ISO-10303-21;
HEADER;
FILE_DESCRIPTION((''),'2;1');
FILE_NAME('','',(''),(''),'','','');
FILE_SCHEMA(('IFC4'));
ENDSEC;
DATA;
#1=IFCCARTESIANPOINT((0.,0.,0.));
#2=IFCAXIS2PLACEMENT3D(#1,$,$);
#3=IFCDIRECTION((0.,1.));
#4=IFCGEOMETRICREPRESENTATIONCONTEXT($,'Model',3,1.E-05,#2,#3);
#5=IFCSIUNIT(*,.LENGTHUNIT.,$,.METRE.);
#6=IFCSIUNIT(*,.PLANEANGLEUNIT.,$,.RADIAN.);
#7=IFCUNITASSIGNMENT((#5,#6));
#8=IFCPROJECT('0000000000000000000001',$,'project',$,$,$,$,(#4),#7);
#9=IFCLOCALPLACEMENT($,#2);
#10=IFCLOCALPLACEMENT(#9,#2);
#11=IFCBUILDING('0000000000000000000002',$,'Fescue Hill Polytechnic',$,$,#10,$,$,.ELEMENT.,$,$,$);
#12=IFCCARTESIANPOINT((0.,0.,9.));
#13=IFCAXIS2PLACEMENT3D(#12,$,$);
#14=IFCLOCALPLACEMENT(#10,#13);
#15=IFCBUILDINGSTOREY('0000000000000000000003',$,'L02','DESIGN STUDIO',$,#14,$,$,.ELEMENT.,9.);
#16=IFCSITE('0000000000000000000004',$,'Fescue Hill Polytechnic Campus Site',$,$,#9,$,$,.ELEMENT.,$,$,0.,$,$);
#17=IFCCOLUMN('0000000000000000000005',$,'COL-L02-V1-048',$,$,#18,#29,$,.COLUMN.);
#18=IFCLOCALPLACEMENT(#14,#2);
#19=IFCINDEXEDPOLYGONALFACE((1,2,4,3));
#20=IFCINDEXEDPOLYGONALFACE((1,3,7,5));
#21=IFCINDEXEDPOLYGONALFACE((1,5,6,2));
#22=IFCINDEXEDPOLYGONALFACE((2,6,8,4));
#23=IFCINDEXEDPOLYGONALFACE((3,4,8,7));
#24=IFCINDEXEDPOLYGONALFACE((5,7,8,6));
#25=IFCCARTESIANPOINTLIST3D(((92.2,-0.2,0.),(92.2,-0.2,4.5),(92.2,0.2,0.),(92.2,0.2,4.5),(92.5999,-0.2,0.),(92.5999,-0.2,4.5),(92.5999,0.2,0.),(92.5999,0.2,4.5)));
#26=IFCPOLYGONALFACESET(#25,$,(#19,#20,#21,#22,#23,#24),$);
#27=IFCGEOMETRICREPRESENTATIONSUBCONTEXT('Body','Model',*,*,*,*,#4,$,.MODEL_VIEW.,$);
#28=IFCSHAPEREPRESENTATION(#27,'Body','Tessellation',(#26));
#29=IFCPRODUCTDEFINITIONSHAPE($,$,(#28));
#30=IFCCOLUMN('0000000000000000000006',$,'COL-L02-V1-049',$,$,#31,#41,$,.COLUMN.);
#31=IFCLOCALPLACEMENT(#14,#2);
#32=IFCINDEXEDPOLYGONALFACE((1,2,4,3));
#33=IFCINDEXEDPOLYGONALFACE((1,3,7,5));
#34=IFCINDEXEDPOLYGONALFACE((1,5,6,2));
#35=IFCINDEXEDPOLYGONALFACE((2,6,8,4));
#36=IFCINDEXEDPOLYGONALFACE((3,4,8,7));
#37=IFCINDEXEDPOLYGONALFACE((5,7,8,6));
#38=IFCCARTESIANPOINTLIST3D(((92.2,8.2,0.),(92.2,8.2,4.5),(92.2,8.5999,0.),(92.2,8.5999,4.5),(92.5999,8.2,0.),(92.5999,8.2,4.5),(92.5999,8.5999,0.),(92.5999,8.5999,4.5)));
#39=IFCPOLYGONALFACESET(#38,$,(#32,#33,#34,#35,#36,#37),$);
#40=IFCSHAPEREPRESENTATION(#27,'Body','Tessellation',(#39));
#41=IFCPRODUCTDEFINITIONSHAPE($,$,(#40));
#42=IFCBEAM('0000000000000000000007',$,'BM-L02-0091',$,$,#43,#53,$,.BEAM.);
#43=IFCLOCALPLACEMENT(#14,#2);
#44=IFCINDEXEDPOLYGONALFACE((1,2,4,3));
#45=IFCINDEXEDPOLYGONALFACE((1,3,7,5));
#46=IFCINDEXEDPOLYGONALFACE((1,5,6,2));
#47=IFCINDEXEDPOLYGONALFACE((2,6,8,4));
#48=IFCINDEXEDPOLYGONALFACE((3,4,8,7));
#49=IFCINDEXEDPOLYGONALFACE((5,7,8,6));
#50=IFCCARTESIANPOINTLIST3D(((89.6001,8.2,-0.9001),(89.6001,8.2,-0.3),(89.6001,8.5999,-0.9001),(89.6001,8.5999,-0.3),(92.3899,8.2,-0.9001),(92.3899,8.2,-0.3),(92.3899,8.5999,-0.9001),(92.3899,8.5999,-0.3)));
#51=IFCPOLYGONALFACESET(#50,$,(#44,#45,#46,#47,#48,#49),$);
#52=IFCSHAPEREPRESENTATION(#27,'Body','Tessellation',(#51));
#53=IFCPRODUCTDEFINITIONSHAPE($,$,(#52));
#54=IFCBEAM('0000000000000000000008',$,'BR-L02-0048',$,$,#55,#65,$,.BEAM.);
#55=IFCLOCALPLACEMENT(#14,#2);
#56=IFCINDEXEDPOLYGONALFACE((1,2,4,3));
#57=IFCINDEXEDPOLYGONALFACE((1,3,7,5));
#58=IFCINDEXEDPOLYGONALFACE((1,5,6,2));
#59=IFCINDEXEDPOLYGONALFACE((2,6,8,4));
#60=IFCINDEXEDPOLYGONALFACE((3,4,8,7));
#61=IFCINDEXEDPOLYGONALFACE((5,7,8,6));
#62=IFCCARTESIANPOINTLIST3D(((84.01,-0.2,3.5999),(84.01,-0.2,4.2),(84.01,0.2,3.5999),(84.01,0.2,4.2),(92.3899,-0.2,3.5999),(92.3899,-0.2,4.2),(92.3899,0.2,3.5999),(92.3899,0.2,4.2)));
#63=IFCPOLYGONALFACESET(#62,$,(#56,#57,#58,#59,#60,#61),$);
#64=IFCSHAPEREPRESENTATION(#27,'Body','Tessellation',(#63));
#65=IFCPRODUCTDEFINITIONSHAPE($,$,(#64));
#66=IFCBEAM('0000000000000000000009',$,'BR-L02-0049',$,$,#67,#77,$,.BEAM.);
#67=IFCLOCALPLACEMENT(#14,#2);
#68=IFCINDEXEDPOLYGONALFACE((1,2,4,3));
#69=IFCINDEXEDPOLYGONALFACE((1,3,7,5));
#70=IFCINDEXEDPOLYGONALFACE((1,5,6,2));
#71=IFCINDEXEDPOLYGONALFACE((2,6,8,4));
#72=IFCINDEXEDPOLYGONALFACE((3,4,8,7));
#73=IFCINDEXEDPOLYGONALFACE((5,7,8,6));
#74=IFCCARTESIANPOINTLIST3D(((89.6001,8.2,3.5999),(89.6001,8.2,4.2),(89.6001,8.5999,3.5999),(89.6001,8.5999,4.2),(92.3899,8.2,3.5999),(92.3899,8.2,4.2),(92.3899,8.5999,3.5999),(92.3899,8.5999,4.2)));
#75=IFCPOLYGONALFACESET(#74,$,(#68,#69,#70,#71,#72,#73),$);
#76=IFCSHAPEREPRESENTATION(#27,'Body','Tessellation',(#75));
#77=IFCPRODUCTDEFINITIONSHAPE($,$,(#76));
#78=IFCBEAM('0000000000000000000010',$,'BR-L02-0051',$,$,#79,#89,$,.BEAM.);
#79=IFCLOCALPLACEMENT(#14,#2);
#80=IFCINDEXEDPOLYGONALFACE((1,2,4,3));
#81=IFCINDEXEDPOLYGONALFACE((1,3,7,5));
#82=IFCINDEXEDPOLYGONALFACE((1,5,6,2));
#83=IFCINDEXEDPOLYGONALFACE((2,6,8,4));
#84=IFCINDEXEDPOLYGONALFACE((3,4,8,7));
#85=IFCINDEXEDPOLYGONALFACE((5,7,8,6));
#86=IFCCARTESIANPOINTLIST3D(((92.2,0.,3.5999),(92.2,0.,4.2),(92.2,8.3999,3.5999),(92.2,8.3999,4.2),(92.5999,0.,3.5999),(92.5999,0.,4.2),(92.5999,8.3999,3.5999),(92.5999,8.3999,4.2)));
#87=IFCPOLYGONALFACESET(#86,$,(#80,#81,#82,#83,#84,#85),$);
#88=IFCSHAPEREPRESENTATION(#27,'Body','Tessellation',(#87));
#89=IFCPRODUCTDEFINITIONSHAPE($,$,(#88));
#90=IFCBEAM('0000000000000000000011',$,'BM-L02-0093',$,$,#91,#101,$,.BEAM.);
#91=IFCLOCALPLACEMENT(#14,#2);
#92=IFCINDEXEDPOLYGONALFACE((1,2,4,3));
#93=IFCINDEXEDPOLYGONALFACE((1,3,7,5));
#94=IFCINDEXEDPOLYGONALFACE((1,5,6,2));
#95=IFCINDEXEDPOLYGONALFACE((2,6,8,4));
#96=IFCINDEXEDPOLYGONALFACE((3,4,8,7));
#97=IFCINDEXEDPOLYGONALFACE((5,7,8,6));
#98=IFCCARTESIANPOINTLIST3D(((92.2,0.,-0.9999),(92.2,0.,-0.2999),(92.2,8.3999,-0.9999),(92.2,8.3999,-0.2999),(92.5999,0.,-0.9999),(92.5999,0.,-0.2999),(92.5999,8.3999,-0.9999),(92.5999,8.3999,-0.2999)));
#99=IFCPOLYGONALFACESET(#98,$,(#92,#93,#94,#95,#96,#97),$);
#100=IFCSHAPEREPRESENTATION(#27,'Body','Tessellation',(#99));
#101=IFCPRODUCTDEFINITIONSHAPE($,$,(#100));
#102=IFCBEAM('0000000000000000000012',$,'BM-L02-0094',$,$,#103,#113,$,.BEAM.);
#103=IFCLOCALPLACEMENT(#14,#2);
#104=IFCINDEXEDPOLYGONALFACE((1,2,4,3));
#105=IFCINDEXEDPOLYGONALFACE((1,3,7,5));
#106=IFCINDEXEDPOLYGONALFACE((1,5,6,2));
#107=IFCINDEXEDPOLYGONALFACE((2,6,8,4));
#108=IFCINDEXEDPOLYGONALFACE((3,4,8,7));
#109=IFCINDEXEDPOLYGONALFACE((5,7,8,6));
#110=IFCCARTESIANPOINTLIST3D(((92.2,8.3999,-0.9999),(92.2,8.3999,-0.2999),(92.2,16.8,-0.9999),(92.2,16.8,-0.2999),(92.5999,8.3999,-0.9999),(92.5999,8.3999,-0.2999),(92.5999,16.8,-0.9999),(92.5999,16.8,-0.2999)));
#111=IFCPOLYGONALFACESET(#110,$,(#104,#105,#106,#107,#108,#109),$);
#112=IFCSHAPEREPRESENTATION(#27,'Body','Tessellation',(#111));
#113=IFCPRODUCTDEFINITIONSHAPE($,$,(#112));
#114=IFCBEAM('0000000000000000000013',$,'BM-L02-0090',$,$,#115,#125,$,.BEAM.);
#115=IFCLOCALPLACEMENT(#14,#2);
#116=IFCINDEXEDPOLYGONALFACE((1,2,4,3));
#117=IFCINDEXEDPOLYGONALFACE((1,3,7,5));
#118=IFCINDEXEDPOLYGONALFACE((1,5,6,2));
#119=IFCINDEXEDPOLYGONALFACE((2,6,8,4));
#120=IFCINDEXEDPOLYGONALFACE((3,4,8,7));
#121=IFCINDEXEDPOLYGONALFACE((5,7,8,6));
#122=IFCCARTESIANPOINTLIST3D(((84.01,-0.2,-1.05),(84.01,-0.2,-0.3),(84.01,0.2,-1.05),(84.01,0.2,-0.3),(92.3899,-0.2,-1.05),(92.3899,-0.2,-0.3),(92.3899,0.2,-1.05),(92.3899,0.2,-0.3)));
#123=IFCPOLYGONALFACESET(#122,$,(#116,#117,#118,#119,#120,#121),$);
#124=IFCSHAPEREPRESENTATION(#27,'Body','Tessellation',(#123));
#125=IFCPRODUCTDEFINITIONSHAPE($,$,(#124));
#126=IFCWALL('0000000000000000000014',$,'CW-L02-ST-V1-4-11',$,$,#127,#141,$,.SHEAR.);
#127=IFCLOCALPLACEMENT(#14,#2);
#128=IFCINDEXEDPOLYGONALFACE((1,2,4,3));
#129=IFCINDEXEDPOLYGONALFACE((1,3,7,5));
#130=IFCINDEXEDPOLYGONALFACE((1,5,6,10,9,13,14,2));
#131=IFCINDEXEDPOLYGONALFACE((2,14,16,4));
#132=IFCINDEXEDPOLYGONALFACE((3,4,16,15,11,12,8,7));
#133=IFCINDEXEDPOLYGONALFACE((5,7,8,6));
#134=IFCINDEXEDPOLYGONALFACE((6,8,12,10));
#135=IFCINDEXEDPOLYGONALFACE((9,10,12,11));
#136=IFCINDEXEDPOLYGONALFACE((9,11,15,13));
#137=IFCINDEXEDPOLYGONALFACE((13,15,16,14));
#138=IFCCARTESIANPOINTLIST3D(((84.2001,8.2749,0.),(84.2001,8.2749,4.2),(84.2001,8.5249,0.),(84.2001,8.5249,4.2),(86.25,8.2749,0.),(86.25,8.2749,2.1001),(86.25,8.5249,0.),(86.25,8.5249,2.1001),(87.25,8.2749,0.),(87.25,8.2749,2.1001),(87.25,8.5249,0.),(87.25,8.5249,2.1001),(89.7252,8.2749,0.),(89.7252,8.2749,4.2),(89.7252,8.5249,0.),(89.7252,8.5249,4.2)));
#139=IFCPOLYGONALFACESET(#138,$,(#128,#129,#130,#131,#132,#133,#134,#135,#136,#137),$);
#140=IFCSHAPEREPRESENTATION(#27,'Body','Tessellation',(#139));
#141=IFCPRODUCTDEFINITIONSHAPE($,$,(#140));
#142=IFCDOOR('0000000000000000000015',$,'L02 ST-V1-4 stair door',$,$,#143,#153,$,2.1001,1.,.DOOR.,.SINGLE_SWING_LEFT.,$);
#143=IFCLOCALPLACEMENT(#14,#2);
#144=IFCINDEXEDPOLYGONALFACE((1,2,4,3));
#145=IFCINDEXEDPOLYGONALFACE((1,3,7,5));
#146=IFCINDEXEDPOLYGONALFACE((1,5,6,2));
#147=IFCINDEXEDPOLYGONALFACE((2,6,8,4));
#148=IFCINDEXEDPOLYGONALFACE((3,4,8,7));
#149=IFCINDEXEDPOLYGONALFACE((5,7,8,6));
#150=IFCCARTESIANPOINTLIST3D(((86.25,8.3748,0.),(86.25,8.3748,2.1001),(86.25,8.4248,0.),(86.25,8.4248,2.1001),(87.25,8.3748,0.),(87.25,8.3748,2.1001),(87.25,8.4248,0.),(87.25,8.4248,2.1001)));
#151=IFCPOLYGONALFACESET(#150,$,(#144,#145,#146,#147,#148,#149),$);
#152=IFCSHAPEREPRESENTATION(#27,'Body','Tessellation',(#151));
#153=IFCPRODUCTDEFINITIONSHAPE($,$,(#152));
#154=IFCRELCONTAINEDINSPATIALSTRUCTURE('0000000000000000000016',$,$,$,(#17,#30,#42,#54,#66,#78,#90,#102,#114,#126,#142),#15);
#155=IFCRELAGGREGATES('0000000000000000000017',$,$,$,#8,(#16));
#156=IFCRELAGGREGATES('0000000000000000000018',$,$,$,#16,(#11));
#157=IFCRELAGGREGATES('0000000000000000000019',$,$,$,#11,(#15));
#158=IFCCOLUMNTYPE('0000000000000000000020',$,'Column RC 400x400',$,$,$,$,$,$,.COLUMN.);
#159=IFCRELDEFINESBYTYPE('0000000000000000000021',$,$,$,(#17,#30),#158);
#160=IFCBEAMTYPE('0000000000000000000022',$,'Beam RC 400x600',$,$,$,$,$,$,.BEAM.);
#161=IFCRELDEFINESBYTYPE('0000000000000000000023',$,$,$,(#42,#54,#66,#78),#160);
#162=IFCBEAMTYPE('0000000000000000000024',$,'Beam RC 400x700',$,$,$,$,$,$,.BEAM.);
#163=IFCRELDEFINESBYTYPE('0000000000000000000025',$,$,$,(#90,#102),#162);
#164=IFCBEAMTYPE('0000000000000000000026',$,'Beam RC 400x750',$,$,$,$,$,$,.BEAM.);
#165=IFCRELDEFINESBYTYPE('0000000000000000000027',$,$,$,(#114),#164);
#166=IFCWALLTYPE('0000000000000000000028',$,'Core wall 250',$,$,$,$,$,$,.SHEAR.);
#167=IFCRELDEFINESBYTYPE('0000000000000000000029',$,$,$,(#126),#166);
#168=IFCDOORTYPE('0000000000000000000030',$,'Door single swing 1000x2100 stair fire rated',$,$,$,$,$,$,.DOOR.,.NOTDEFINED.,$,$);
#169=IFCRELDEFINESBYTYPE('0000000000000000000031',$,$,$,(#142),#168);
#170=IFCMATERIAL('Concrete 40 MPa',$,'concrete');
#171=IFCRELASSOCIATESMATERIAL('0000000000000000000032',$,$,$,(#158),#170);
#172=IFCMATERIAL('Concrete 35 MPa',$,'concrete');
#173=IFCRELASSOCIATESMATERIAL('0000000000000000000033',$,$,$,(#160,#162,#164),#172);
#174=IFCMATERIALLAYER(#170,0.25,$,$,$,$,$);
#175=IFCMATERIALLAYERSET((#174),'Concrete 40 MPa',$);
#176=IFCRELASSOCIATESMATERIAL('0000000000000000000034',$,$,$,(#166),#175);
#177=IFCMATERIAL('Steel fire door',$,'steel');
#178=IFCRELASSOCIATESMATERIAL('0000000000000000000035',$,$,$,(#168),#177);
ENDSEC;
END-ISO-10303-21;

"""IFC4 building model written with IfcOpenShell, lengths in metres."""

from ifc_helpers import new_model, si_unit, direction, frame, frame_2d, origin, origin_2d, place, context, subcontext, project, spatial, rectangle, extrude, material, layer, layer_set, material_profile, profile_set, type_object, element, fill, save


model = new_model("IFC4")

# Units and contexts
model_context = context("Model", 3, precision=1e-05, world=origin(), true_north=direction((0.0, 1.0)))
body_context = subcontext(model_context, "Body", "Model", "MODEL_VIEW")
ifc_project = project(units=[si_unit("LENGTHUNIT", "METRE"), si_unit("PLANEANGLEUNIT", "RADIAN")], contexts=[model_context])

# Site, building, storey
site_placement = place(None, origin())
site = spatial("IfcSite", under=ifc_project, at=site_placement, Name="Fescue Hill Polytechnic Campus Site", CompositionType="ELEMENT", RefElevation=0.0)
building_placement = place(site_placement, origin())
building = spatial("IfcBuilding", under=site, at=building_placement, Name="Fescue Hill Polytechnic", CompositionType="ELEMENT")
storey_placement = place(building_placement, frame((0.0, 0.0, 9.0)))
storey = spatial("IfcBuildingStorey", under=building, at=storey_placement, Name="L02", Description="DESIGN STUDIO", CompositionType="ELEMENT", Elevation=9.0)

# Columns
ifc_material_1 = material(Name="Concrete 40 MPa", Category="concrete")
ifc_material_profile_1 = material_profile(ifc_material_1, rectangle(XDim=0.3999, YDim=0.3999, at=origin_2d()), Name="RC 400x400")
ifc_profile_set_1 = profile_set([ifc_material_profile_1], Name="Concrete 40 MPa")
column_type = type_object("IfcColumnType", Name="Column RC 400x400", PredefinedType="COLUMN", material=ifc_profile_set_1)
for number, where, z_axis, x_axis, name in (
    (1, (92.3999, 0.0, 0.0), (0.0, 0.0, 1.0), (1.0, 0.0, 0.0), "COL-L02-V1-048"),
    (2, (92.3999, 8.3999, 0.0), (0.0, 0.0, 1.0), (1.0, 0.0, 0.0), "COL-L02-V1-049"),
):
    element("IfcColumn", number, at=place(storey_placement, frame(where, z_axis=z_axis, x_axis=x_axis)), inside=storey, type_object=column_type, Name=name, PredefinedType="COLUMN", context=body_context, shape_type="SweptSolid", body=[
        extrude(rectangle(XDim=0.3999, YDim=0.3999, at=origin_2d()), origin(), (0.0, 0.0, 1.0), 4.5),
    ])

# Beams
ifc_material_2 = material(Name="Concrete 35 MPa", Category="concrete")
ifc_material_profile_2 = material_profile(ifc_material_2, rectangle(XDim=0.3999, YDim=0.6001, at=origin_2d()), Name="RC 400x600")
ifc_profile_set_2 = profile_set([ifc_material_profile_2], Name="Concrete 35 MPa")
beam_type_1 = type_object("IfcBeamType", Name="Beam RC 400x600", PredefinedType="BEAM", material=ifc_profile_set_2)
beam_1_placement = place(storey_placement, frame((89.6001, 8.3999, -0.6001), z_axis=(1.0, 0.0, 0.0), x_axis=(0.0, 1.0, 0.0)))
element("IfcBeam", 3, at=beam_1_placement, inside=storey, type_object=beam_type_1, Name="BM-L02-0091", PredefinedType="BEAM", context=body_context, shape_type="SweptSolid", body=[
    extrude(rectangle(XDim=0.3999, YDim=0.6001, at=origin_2d()), origin(), (0.0, 0.0, 1.0), 2.7898),
])
beam_2_placement = place(storey_placement, frame((84.01, 0.0, 3.8999), z_axis=(1.0, 0.0, 0.0), x_axis=(0.0, 1.0, 0.0)))
element("IfcBeam", 4, at=beam_2_placement, inside=storey, type_object=beam_type_1, Name="BR-L02-0048", PredefinedType="BEAM", context=body_context, shape_type="SweptSolid", body=[
    extrude(rectangle(XDim=0.3999, YDim=0.6001, at=origin_2d()), origin(), (0.0, 0.0, 1.0), 8.3799),
])
beam_3_placement = place(storey_placement, frame((89.6001, 8.3999, 3.8999), z_axis=(1.0, 0.0, 0.0), x_axis=(0.0, 1.0, 0.0)))
element("IfcBeam", 5, at=beam_3_placement, inside=storey, type_object=beam_type_1, Name="BR-L02-0049", PredefinedType="BEAM", context=body_context, shape_type="SweptSolid", body=[
    extrude(rectangle(XDim=0.3999, YDim=0.6001, at=origin_2d()), origin(), (0.0, 0.0, 1.0), 2.7898),
])
beam_4_placement = place(storey_placement, frame((92.3999, 0.0, 3.8999), z_axis=(0.0, 1.0, 0.0), x_axis=(-1.0, 0.0, 0.0)))
element("IfcBeam", 6, at=beam_4_placement, inside=storey, type_object=beam_type_1, Name="BR-L02-0051", PredefinedType="BEAM", context=body_context, shape_type="SweptSolid", body=[
    extrude(rectangle(XDim=0.3999, YDim=0.6001, at=origin_2d()), origin(), (0.0, 0.0, 1.0), 8.3999),
])
ifc_material_profile_3 = material_profile(ifc_material_2, rectangle(XDim=0.3999, YDim=0.7, at=origin_2d()), Name="RC 400x700")
ifc_profile_set_3 = profile_set([ifc_material_profile_3], Name="Concrete 35 MPa")
beam_type_2 = type_object("IfcBeamType", Name="Beam RC 400x700", PredefinedType="BEAM", material=ifc_profile_set_3)
beam_5_placement = place(storey_placement, frame((92.3999, 0.0, -0.6499), z_axis=(0.0, 1.0, 0.0), x_axis=(-1.0, 0.0, 0.0)))
element("IfcBeam", 7, at=beam_5_placement, inside=storey, type_object=beam_type_2, Name="BM-L02-0093", PredefinedType="BEAM", context=body_context, shape_type="SweptSolid", body=[
    extrude(rectangle(XDim=0.3999, YDim=0.7, at=origin_2d()), origin(), (0.0, 0.0, 1.0), 8.3999),
])
beam_6_placement = place(storey_placement, frame((92.3999, 8.3999, -0.6499), z_axis=(0.0, 1.0, 0.0), x_axis=(-1.0, 0.0, 0.0)))
element("IfcBeam", 8, at=beam_6_placement, inside=storey, type_object=beam_type_2, Name="BM-L02-0094", PredefinedType="BEAM", context=body_context, shape_type="SweptSolid", body=[
    extrude(rectangle(XDim=0.3999, YDim=0.7, at=origin_2d()), origin(), (0.0, 0.0, 1.0), 8.4001),
])
ifc_material_profile_4 = material_profile(ifc_material_2, rectangle(XDim=0.3999, YDim=0.75, at=origin_2d()), Name="RC 400x750")
ifc_profile_set_4 = profile_set([ifc_material_profile_4], Name="Concrete 35 MPa")
beam_type_3 = type_object("IfcBeamType", Name="Beam RC 400x750", PredefinedType="BEAM", material=ifc_profile_set_4)
beam_7_placement = place(storey_placement, frame((84.01, 0.0, -0.675), z_axis=(1.0, 0.0, 0.0), x_axis=(0.0, 1.0, 0.0)))
element("IfcBeam", 9, at=beam_7_placement, inside=storey, type_object=beam_type_3, Name="BM-L02-0090", PredefinedType="BEAM", context=body_context, shape_type="SweptSolid", body=[
    extrude(rectangle(XDim=0.3999, YDim=0.75, at=origin_2d()), origin(), (0.0, 0.0, 1.0), 8.3799),
])

# Wall, opening, door
ifc_layer_1 = layer(ifc_material_1, 0.25)
ifc_layer_set_1 = layer_set([ifc_layer_1], Name="Concrete 40 MPa")
wall_type_1 = type_object("IfcWallType", Name="Core wall 250", PredefinedType="SHEAR", material=ifc_layer_set_1)
wall_1_placement = place(storey_placement, frame((84.2, 8.3999, 0.0), z_axis=(0.0, 0.0, 1.0), x_axis=(1.0, 0.0, 0.0)))
wall_1 = element("IfcWall", 10, at=wall_1_placement, inside=storey, type_object=wall_type_1, Name="CW-L02-ST-V1-4-11", PredefinedType="SHEAR", context=body_context, shape_type="SweptSolid", body=[
    extrude(rectangle(XDim=5.5251, YDim=0.25, at=frame_2d((2.7627, 0.0))), origin(), (0.0, 0.0, 1.0), 4.2),
])
opening_1_placement = place(wall_1_placement, frame((2.05, 0.0, 0.0)))
opening_1 = element("IfcOpeningElement", 11, at=opening_1_placement, cuts=wall_1, PredefinedType="OPENING", context=body_context, shape_type="SweptSolid", body=[
    extrude(rectangle(XDim=1.0, YDim=2.1001, at=frame_2d((0.5, 1.05))), frame((0.0, 0.135, 0.0), z_axis=(0.0, -1.0, 0.0), x_axis=(1.0, 0.0, 0.0)), (0.0, 0.0, 1.0), 0.27),
])
ifc_material_3 = material(Name="Steel fire door", Category="steel")
door_type_1 = type_object("IfcDoorType", Name="Door single swing 1000x2100 stair fire rated", OperationType="NOTDEFINED", PredefinedType="DOOR", material=ifc_material_3)
door_1_placement = place(opening_1_placement, origin())
door_1 = element("IfcDoor", 12, at=door_1_placement, inside=storey, type_object=door_type_1, Name="L02 ST-V1-4 stair door", OperationType="SINGLE_SWING_LEFT", OverallHeight=2.1001, OverallWidth=1.0, PredefinedType="DOOR", context=body_context, shape_type="SweptSolid", body=[
    extrude(rectangle(XDim=1.0, YDim=2.1001, at=frame_2d((0.5, 1.05))), frame((0.0, 0.0249, 0.0), z_axis=(0.0, -1.0, 0.0), x_axis=(1.0, 0.0, 0.0)), (0.0, 0.0, 1.0), 0.05),
])
fill(opening_1, door_1)

save(model, "model.ifc")
